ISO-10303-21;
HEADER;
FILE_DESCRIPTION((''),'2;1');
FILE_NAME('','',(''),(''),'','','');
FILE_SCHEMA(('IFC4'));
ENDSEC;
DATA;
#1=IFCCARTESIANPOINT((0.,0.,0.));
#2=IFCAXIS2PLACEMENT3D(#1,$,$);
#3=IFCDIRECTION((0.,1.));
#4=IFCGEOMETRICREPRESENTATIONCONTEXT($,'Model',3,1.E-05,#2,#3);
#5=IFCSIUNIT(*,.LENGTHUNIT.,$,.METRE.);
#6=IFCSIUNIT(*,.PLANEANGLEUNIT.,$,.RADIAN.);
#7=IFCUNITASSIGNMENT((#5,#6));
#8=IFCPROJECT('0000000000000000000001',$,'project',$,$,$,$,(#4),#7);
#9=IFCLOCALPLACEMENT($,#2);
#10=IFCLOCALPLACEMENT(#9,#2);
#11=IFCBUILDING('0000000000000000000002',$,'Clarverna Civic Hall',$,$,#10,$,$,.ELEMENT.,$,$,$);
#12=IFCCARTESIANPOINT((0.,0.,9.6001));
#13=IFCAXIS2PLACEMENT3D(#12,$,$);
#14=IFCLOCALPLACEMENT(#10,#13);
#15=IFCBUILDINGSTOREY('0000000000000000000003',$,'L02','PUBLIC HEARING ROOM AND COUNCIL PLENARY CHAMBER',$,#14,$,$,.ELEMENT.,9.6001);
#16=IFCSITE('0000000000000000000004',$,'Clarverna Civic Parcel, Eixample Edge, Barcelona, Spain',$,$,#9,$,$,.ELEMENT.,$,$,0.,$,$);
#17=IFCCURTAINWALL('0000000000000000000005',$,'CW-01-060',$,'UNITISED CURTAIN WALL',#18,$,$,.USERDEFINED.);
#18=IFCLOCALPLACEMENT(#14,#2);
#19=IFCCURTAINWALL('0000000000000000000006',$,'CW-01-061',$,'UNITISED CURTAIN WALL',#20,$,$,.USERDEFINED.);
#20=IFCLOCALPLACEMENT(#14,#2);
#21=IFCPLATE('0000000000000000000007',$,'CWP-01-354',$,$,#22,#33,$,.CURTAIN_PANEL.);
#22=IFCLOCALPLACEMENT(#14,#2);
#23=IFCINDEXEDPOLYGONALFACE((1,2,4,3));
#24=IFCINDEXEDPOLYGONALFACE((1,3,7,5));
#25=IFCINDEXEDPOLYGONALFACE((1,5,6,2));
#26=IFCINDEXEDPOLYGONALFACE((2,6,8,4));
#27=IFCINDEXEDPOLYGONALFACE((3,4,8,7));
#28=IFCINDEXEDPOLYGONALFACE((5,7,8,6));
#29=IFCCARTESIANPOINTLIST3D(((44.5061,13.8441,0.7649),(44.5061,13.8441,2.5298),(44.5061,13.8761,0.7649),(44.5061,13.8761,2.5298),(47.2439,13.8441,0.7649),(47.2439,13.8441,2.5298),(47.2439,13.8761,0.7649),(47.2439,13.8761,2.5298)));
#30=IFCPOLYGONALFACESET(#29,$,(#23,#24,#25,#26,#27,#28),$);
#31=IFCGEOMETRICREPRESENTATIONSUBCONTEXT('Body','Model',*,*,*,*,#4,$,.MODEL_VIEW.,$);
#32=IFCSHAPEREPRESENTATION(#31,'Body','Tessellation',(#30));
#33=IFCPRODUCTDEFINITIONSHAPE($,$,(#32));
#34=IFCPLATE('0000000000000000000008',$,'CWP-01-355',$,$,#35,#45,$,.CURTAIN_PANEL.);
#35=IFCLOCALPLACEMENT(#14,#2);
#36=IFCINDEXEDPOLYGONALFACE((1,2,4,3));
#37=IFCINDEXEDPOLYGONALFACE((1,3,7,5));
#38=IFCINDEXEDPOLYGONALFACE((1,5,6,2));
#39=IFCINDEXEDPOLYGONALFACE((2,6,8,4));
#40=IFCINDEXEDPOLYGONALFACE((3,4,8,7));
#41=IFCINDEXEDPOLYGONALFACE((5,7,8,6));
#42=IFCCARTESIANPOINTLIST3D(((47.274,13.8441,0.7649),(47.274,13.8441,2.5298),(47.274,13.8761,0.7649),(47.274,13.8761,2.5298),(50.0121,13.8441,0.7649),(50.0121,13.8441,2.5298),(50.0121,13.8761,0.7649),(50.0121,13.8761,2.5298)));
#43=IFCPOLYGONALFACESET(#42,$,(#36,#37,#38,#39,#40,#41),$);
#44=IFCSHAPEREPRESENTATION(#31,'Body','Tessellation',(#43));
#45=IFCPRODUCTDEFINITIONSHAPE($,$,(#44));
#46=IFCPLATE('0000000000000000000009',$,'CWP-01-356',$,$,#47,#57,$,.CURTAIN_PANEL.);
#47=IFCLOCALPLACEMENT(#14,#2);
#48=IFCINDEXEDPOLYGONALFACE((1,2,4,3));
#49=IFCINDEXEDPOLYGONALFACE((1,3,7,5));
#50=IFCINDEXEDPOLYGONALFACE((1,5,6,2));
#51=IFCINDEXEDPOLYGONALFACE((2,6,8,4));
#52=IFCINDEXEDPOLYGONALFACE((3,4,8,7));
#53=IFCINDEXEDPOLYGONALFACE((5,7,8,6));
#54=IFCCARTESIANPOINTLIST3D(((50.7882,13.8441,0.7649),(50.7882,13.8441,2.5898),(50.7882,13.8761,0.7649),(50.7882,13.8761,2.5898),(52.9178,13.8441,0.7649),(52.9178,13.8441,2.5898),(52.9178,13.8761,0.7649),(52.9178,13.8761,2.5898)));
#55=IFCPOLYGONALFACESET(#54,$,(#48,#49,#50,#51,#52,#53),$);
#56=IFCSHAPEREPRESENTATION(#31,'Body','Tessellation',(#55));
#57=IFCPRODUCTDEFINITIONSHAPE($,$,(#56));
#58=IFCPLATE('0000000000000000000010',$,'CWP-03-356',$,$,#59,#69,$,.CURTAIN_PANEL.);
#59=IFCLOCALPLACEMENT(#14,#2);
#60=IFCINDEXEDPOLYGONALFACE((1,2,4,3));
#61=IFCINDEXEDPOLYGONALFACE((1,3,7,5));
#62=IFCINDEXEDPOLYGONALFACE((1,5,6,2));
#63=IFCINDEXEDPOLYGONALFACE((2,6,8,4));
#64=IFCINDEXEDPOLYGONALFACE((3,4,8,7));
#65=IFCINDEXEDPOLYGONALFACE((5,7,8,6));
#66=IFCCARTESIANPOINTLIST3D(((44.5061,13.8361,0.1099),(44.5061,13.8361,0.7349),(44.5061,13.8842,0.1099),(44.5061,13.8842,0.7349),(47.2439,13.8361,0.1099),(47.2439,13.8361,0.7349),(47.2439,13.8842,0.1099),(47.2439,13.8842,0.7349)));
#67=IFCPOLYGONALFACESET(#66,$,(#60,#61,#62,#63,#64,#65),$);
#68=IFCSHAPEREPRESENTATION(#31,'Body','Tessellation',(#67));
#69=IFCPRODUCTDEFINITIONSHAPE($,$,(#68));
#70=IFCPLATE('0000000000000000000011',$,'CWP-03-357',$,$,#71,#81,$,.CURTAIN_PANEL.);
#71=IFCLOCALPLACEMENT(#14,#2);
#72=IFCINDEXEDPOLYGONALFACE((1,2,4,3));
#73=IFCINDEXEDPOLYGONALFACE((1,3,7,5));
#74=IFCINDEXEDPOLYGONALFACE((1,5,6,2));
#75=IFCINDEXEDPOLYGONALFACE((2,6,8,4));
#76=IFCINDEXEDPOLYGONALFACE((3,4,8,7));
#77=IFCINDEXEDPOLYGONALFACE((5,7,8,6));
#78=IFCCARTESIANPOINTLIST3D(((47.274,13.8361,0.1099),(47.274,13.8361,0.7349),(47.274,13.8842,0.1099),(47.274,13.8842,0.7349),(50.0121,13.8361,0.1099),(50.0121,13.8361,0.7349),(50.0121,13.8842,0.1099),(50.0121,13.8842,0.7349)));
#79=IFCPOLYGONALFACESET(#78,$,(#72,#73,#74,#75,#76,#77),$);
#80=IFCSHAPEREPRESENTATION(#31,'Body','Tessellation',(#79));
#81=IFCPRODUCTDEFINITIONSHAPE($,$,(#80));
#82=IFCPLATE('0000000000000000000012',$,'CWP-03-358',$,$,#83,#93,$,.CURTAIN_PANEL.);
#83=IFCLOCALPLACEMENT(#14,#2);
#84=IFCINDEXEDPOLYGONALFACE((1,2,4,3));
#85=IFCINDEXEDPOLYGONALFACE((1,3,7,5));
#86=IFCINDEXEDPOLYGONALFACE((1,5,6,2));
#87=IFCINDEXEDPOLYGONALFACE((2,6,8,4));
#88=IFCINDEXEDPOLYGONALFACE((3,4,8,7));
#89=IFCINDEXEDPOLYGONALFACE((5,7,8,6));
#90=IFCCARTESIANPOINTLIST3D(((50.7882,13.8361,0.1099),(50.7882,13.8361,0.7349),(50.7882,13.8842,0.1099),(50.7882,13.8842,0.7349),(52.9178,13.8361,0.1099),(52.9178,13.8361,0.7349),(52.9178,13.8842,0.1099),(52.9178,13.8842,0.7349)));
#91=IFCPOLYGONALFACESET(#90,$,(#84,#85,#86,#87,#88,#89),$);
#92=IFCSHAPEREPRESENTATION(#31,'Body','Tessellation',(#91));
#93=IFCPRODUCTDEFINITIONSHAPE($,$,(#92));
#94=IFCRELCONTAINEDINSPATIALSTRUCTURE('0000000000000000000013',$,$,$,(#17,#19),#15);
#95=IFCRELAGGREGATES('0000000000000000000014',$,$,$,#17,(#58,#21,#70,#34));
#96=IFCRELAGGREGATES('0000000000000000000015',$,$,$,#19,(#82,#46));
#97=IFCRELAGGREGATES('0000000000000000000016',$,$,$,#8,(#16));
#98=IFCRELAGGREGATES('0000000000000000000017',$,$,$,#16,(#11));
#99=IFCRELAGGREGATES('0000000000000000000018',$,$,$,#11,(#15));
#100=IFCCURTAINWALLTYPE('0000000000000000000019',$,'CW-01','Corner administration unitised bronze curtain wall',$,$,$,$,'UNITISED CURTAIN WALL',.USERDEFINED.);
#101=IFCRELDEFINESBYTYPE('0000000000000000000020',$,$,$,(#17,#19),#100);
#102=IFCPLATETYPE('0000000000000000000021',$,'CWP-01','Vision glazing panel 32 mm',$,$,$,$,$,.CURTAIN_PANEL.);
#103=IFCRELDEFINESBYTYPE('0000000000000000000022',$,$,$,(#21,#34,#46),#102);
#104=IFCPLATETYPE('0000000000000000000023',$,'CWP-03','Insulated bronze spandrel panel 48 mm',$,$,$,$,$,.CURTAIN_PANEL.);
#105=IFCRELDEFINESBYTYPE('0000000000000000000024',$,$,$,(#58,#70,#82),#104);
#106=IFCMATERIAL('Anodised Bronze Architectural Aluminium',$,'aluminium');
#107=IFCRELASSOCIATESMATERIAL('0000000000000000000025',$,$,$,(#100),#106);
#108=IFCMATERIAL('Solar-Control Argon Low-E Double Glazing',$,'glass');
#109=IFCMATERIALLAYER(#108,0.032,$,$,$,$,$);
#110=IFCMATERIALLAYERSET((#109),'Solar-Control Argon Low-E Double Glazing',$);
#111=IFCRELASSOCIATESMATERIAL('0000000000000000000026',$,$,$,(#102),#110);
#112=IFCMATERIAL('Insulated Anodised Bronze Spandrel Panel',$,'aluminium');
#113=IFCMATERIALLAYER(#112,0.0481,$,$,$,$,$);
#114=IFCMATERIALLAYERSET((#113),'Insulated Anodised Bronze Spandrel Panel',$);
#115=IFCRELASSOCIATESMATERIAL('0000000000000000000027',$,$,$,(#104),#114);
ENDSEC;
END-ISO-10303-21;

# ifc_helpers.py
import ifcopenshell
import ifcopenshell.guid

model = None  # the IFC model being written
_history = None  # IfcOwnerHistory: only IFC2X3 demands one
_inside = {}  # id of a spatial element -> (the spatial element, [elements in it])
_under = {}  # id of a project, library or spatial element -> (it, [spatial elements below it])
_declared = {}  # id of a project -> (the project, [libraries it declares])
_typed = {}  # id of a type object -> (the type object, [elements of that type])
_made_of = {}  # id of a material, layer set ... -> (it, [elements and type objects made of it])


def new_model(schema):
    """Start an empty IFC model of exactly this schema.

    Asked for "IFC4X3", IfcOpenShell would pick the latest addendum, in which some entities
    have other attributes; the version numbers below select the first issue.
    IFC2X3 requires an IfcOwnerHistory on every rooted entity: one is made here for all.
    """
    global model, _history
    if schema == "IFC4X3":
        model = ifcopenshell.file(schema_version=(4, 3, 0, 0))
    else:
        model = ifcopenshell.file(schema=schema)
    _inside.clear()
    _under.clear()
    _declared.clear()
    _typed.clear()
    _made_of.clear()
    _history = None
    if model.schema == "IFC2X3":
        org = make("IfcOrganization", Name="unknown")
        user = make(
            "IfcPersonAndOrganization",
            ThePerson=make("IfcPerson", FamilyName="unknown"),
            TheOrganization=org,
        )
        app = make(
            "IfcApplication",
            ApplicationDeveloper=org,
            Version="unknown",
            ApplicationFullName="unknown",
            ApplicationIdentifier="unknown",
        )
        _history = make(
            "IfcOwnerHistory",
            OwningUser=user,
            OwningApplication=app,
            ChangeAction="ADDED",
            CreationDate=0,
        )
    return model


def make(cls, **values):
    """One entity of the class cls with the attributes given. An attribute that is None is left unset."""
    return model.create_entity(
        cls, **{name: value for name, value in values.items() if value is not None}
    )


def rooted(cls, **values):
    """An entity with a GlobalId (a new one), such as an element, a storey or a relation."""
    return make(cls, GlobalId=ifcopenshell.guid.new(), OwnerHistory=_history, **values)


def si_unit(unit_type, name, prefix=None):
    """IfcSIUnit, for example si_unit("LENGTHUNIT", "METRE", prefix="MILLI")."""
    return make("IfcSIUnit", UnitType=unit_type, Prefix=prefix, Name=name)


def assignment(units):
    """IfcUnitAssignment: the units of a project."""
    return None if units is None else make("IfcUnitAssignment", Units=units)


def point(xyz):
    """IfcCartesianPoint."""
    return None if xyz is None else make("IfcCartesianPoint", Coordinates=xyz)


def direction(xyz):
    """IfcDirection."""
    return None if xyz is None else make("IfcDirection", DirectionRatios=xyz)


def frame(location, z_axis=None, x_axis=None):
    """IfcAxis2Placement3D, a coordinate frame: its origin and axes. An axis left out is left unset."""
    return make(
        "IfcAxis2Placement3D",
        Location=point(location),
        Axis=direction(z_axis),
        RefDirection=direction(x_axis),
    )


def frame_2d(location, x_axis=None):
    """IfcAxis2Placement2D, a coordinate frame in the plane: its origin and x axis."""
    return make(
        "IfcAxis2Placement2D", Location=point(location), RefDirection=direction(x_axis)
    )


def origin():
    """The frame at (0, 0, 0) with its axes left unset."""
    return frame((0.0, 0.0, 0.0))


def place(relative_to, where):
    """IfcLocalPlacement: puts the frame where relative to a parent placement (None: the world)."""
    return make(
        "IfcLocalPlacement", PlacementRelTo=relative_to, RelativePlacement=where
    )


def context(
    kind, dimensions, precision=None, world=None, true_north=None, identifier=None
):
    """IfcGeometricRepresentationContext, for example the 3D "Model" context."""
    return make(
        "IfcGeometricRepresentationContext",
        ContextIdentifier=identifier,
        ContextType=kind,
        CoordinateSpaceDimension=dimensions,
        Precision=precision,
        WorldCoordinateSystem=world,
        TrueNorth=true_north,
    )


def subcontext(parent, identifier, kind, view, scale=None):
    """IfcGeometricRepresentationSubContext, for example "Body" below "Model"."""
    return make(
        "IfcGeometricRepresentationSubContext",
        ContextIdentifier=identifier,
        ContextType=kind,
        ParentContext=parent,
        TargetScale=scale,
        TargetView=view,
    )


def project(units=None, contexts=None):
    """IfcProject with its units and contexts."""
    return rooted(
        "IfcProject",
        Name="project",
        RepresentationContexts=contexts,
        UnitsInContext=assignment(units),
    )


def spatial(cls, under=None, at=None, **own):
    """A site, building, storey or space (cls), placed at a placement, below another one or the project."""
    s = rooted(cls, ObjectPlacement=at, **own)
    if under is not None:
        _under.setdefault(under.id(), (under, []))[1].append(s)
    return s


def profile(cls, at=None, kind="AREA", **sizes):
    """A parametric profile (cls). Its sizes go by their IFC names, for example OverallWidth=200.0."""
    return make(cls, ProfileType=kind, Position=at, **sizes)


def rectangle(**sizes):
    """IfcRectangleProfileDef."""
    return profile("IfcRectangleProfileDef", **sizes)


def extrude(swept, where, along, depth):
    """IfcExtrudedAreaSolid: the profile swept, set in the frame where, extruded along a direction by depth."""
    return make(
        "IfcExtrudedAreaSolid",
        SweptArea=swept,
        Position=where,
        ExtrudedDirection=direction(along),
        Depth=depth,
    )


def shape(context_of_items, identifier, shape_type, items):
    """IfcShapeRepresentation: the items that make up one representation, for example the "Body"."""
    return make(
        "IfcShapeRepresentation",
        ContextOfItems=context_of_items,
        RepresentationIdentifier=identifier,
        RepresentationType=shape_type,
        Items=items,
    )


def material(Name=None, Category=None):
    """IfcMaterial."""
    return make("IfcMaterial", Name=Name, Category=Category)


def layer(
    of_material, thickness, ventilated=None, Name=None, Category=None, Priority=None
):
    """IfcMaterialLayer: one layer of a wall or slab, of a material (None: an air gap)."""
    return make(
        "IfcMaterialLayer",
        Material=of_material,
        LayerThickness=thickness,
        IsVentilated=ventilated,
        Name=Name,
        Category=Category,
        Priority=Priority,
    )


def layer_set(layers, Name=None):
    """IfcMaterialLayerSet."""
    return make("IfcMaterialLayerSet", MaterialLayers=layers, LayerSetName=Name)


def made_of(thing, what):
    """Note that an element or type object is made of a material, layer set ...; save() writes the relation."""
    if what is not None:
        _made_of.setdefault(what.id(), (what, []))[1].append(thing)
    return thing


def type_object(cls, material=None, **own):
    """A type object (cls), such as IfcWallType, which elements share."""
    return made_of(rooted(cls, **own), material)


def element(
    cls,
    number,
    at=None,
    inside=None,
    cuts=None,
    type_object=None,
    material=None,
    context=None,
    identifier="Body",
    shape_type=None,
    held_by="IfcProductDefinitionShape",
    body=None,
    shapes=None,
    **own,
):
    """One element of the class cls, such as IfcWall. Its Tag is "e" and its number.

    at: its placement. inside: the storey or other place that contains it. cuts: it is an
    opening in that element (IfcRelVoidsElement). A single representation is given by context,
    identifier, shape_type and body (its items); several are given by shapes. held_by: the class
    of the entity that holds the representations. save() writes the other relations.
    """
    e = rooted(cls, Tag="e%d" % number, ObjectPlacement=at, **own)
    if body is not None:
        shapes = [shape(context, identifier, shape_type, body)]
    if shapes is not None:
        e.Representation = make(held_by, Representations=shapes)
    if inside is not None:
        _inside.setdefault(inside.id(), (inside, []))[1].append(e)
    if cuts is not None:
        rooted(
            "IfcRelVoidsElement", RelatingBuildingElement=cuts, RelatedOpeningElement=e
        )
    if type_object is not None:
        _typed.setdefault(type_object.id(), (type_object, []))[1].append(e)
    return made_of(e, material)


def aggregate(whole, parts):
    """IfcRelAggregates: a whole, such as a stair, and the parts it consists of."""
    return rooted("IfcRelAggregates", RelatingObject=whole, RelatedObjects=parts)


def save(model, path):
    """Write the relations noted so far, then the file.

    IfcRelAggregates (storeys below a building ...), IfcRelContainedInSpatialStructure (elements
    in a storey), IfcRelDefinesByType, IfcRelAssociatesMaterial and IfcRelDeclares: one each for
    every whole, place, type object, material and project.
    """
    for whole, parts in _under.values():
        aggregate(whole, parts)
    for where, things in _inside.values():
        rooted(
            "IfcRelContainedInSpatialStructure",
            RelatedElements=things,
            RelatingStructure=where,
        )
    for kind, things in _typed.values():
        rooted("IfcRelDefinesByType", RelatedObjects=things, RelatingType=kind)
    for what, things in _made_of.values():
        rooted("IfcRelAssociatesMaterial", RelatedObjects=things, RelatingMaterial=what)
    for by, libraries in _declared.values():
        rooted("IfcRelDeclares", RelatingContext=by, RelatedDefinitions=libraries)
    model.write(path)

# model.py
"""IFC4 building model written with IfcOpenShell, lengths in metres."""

from ifc_helpers import new_model, si_unit, direction, frame, frame_2d, origin, place, context, subcontext, project, spatial, rectangle, extrude, material, layer, layer_set, type_object, element, aggregate, save


model = new_model("IFC4")

# Units and contexts
model_context = context("Model", 3, precision=1e-05, world=origin(), true_north=direction((0.0, 1.0)))
body_context = subcontext(model_context, "Body", "Model", "MODEL_VIEW")
ifc_project = project(units=[si_unit("LENGTHUNIT", "METRE"), si_unit("PLANEANGLEUNIT", "RADIAN")], contexts=[model_context])

# Site, building, storey
site_placement = place(None, origin())
site = spatial("IfcSite", under=ifc_project, at=site_placement, Name="Clarverna Civic Parcel, Eixample Edge, Barcelona, Spain", CompositionType="ELEMENT", RefElevation=0.0)
building_placement = place(site_placement, origin())
building = spatial("IfcBuilding", under=site, at=building_placement, Name="Clarverna Civic Hall", CompositionType="ELEMENT")
storey_placement = place(building_placement, frame((0.0, 0.0, 9.6001)))
storey = spatial("IfcBuildingStorey", under=building, at=storey_placement, Name="L02", Description="PUBLIC HEARING ROOM AND COUNCIL PLENARY CHAMBER", CompositionType="ELEMENT", Elevation=9.6001)

# Curtain wall
ifc_material_1 = material(Name="Anodised Bronze Architectural Aluminium", Category="aluminium")
curtain_wall_type = type_object("IfcCurtainWallType", Name="CW-01", Description="Corner administration unitised bronze curtain wall", ElementType="UNITISED CURTAIN WALL", PredefinedType="USERDEFINED", material=ifc_material_1)
curtain_wall_1_placement = place(storey_placement, origin())
curtain_wall_1 = element("IfcCurtainWall", 1, at=curtain_wall_1_placement, inside=storey, type_object=curtain_wall_type, Name="CW-01-060", ObjectType="UNITISED CURTAIN WALL", PredefinedType="USERDEFINED")

# Curtain wall
curtain_wall_2_placement = place(storey_placement, origin())
curtain_wall_2 = element("IfcCurtainWall", 2, at=curtain_wall_2_placement, inside=storey, type_object=curtain_wall_type, Name="CW-01-061", ObjectType="UNITISED CURTAIN WALL", PredefinedType="USERDEFINED")

# Plates
ifc_material_2 = material(Name="Solar-Control Argon Low-E Double Glazing", Category="glass")
ifc_layer_1 = layer(ifc_material_2, 0.032)
ifc_layer_set_1 = layer_set([ifc_layer_1], Name="Solar-Control Argon Low-E Double Glazing")
plate_type_1 = type_object("IfcPlateType", Name="CWP-01", Description="Vision glazing panel 32 mm", PredefinedType="CURTAIN_PANEL", material=ifc_layer_set_1)
plate_1_placement = place(storey_placement, frame((44.5061, 13.8601, 0.7649), z_axis=(0.0, 0.0, 1.0), x_axis=(1.0, 0.0, 0.0)))
plate_1 = element("IfcPlate", 3, at=plate_1_placement, type_object=plate_type_1, Name="CWP-01-354", PredefinedType="CURTAIN_PANEL", context=body_context, shape_type="SweptSolid", body=[
    extrude(rectangle(XDim=2.7378, YDim=0.032, at=frame_2d((1.3689, 0.0))), origin(), (0.0, 0.0, 1.0), 1.7649),
])
plate_2_placement = place(storey_placement, frame((47.2739, 13.8601, 0.7649), z_axis=(0.0, 0.0, 1.0), x_axis=(1.0, 0.0, 0.0)))
plate_2 = element("IfcPlate", 4, at=plate_2_placement, type_object=plate_type_1, Name="CWP-01-355", PredefinedType="CURTAIN_PANEL", context=body_context, shape_type="SweptSolid", body=[
    extrude(rectangle(XDim=2.738, YDim=0.032, at=frame_2d((1.3691, 0.0))), origin(), (0.0, 0.0, 1.0), 1.7649),
])
plate_3_placement = place(storey_placement, frame((50.7881, 13.8601, 0.7649), z_axis=(0.0, 0.0, 1.0), x_axis=(1.0, 0.0, 0.0)))
plate_3 = element("IfcPlate", 5, at=plate_3_placement, type_object=plate_type_1, Name="CWP-01-356", PredefinedType="CURTAIN_PANEL", context=body_context, shape_type="SweptSolid", body=[
    extrude(rectangle(XDim=2.1296, YDim=0.032, at=frame_2d((1.0649, 0.0))), origin(), (0.0, 0.0, 1.0), 1.825),
])
ifc_material_3 = material(Name="Insulated Anodised Bronze Spandrel Panel", Category="aluminium")
ifc_layer_2 = layer(ifc_material_3, 0.0481)
ifc_layer_set_2 = layer_set([ifc_layer_2], Name="Insulated Anodised Bronze Spandrel Panel")
plate_type_2 = type_object("IfcPlateType", Name="CWP-03", Description="Insulated bronze spandrel panel 48 mm", PredefinedType="CURTAIN_PANEL", material=ifc_layer_set_2)
plate_4_placement = place(storey_placement, frame((44.5061, 13.8601, 0.1099), z_axis=(0.0, 0.0, 1.0), x_axis=(1.0, 0.0, 0.0)))
plate_4 = element("IfcPlate", 6, at=plate_4_placement, type_object=plate_type_2, Name="CWP-03-356", PredefinedType="CURTAIN_PANEL", context=body_context, shape_type="SweptSolid", body=[
    extrude(rectangle(XDim=2.7378, YDim=0.0481, at=frame_2d((1.3689, 0.0))), origin(), (0.0, 0.0, 1.0), 0.625),
])
plate_5_placement = place(storey_placement, frame((47.2739, 13.8601, 0.1099), z_axis=(0.0, 0.0, 1.0), x_axis=(1.0, 0.0, 0.0)))
plate_5 = element("IfcPlate", 7, at=plate_5_placement, type_object=plate_type_2, Name="CWP-03-357", PredefinedType="CURTAIN_PANEL", context=body_context, shape_type="SweptSolid", body=[
    extrude(rectangle(XDim=2.738, YDim=0.0481, at=frame_2d((1.3691, 0.0))), origin(), (0.0, 0.0, 1.0), 0.625),
])
aggregate(curtain_wall_1, [plate_4, plate_1, plate_5, plate_2])
plate_6_placement = place(storey_placement, frame((50.7881, 13.8601, 0.1099), z_axis=(0.0, 0.0, 1.0), x_axis=(1.0, 0.0, 0.0)))
plate_6 = element("IfcPlate", 8, at=plate_6_placement, type_object=plate_type_2, Name="CWP-03-358", PredefinedType="CURTAIN_PANEL", context=body_context, shape_type="SweptSolid", body=[
    extrude(rectangle(XDim=2.1296, YDim=0.0481, at=frame_2d((1.0649, 0.0))), origin(), (0.0, 0.0, 1.0), 0.625),
])
aggregate(curtain_wall_2, [plate_6, plate_3])

save(model, "model.ifc")
